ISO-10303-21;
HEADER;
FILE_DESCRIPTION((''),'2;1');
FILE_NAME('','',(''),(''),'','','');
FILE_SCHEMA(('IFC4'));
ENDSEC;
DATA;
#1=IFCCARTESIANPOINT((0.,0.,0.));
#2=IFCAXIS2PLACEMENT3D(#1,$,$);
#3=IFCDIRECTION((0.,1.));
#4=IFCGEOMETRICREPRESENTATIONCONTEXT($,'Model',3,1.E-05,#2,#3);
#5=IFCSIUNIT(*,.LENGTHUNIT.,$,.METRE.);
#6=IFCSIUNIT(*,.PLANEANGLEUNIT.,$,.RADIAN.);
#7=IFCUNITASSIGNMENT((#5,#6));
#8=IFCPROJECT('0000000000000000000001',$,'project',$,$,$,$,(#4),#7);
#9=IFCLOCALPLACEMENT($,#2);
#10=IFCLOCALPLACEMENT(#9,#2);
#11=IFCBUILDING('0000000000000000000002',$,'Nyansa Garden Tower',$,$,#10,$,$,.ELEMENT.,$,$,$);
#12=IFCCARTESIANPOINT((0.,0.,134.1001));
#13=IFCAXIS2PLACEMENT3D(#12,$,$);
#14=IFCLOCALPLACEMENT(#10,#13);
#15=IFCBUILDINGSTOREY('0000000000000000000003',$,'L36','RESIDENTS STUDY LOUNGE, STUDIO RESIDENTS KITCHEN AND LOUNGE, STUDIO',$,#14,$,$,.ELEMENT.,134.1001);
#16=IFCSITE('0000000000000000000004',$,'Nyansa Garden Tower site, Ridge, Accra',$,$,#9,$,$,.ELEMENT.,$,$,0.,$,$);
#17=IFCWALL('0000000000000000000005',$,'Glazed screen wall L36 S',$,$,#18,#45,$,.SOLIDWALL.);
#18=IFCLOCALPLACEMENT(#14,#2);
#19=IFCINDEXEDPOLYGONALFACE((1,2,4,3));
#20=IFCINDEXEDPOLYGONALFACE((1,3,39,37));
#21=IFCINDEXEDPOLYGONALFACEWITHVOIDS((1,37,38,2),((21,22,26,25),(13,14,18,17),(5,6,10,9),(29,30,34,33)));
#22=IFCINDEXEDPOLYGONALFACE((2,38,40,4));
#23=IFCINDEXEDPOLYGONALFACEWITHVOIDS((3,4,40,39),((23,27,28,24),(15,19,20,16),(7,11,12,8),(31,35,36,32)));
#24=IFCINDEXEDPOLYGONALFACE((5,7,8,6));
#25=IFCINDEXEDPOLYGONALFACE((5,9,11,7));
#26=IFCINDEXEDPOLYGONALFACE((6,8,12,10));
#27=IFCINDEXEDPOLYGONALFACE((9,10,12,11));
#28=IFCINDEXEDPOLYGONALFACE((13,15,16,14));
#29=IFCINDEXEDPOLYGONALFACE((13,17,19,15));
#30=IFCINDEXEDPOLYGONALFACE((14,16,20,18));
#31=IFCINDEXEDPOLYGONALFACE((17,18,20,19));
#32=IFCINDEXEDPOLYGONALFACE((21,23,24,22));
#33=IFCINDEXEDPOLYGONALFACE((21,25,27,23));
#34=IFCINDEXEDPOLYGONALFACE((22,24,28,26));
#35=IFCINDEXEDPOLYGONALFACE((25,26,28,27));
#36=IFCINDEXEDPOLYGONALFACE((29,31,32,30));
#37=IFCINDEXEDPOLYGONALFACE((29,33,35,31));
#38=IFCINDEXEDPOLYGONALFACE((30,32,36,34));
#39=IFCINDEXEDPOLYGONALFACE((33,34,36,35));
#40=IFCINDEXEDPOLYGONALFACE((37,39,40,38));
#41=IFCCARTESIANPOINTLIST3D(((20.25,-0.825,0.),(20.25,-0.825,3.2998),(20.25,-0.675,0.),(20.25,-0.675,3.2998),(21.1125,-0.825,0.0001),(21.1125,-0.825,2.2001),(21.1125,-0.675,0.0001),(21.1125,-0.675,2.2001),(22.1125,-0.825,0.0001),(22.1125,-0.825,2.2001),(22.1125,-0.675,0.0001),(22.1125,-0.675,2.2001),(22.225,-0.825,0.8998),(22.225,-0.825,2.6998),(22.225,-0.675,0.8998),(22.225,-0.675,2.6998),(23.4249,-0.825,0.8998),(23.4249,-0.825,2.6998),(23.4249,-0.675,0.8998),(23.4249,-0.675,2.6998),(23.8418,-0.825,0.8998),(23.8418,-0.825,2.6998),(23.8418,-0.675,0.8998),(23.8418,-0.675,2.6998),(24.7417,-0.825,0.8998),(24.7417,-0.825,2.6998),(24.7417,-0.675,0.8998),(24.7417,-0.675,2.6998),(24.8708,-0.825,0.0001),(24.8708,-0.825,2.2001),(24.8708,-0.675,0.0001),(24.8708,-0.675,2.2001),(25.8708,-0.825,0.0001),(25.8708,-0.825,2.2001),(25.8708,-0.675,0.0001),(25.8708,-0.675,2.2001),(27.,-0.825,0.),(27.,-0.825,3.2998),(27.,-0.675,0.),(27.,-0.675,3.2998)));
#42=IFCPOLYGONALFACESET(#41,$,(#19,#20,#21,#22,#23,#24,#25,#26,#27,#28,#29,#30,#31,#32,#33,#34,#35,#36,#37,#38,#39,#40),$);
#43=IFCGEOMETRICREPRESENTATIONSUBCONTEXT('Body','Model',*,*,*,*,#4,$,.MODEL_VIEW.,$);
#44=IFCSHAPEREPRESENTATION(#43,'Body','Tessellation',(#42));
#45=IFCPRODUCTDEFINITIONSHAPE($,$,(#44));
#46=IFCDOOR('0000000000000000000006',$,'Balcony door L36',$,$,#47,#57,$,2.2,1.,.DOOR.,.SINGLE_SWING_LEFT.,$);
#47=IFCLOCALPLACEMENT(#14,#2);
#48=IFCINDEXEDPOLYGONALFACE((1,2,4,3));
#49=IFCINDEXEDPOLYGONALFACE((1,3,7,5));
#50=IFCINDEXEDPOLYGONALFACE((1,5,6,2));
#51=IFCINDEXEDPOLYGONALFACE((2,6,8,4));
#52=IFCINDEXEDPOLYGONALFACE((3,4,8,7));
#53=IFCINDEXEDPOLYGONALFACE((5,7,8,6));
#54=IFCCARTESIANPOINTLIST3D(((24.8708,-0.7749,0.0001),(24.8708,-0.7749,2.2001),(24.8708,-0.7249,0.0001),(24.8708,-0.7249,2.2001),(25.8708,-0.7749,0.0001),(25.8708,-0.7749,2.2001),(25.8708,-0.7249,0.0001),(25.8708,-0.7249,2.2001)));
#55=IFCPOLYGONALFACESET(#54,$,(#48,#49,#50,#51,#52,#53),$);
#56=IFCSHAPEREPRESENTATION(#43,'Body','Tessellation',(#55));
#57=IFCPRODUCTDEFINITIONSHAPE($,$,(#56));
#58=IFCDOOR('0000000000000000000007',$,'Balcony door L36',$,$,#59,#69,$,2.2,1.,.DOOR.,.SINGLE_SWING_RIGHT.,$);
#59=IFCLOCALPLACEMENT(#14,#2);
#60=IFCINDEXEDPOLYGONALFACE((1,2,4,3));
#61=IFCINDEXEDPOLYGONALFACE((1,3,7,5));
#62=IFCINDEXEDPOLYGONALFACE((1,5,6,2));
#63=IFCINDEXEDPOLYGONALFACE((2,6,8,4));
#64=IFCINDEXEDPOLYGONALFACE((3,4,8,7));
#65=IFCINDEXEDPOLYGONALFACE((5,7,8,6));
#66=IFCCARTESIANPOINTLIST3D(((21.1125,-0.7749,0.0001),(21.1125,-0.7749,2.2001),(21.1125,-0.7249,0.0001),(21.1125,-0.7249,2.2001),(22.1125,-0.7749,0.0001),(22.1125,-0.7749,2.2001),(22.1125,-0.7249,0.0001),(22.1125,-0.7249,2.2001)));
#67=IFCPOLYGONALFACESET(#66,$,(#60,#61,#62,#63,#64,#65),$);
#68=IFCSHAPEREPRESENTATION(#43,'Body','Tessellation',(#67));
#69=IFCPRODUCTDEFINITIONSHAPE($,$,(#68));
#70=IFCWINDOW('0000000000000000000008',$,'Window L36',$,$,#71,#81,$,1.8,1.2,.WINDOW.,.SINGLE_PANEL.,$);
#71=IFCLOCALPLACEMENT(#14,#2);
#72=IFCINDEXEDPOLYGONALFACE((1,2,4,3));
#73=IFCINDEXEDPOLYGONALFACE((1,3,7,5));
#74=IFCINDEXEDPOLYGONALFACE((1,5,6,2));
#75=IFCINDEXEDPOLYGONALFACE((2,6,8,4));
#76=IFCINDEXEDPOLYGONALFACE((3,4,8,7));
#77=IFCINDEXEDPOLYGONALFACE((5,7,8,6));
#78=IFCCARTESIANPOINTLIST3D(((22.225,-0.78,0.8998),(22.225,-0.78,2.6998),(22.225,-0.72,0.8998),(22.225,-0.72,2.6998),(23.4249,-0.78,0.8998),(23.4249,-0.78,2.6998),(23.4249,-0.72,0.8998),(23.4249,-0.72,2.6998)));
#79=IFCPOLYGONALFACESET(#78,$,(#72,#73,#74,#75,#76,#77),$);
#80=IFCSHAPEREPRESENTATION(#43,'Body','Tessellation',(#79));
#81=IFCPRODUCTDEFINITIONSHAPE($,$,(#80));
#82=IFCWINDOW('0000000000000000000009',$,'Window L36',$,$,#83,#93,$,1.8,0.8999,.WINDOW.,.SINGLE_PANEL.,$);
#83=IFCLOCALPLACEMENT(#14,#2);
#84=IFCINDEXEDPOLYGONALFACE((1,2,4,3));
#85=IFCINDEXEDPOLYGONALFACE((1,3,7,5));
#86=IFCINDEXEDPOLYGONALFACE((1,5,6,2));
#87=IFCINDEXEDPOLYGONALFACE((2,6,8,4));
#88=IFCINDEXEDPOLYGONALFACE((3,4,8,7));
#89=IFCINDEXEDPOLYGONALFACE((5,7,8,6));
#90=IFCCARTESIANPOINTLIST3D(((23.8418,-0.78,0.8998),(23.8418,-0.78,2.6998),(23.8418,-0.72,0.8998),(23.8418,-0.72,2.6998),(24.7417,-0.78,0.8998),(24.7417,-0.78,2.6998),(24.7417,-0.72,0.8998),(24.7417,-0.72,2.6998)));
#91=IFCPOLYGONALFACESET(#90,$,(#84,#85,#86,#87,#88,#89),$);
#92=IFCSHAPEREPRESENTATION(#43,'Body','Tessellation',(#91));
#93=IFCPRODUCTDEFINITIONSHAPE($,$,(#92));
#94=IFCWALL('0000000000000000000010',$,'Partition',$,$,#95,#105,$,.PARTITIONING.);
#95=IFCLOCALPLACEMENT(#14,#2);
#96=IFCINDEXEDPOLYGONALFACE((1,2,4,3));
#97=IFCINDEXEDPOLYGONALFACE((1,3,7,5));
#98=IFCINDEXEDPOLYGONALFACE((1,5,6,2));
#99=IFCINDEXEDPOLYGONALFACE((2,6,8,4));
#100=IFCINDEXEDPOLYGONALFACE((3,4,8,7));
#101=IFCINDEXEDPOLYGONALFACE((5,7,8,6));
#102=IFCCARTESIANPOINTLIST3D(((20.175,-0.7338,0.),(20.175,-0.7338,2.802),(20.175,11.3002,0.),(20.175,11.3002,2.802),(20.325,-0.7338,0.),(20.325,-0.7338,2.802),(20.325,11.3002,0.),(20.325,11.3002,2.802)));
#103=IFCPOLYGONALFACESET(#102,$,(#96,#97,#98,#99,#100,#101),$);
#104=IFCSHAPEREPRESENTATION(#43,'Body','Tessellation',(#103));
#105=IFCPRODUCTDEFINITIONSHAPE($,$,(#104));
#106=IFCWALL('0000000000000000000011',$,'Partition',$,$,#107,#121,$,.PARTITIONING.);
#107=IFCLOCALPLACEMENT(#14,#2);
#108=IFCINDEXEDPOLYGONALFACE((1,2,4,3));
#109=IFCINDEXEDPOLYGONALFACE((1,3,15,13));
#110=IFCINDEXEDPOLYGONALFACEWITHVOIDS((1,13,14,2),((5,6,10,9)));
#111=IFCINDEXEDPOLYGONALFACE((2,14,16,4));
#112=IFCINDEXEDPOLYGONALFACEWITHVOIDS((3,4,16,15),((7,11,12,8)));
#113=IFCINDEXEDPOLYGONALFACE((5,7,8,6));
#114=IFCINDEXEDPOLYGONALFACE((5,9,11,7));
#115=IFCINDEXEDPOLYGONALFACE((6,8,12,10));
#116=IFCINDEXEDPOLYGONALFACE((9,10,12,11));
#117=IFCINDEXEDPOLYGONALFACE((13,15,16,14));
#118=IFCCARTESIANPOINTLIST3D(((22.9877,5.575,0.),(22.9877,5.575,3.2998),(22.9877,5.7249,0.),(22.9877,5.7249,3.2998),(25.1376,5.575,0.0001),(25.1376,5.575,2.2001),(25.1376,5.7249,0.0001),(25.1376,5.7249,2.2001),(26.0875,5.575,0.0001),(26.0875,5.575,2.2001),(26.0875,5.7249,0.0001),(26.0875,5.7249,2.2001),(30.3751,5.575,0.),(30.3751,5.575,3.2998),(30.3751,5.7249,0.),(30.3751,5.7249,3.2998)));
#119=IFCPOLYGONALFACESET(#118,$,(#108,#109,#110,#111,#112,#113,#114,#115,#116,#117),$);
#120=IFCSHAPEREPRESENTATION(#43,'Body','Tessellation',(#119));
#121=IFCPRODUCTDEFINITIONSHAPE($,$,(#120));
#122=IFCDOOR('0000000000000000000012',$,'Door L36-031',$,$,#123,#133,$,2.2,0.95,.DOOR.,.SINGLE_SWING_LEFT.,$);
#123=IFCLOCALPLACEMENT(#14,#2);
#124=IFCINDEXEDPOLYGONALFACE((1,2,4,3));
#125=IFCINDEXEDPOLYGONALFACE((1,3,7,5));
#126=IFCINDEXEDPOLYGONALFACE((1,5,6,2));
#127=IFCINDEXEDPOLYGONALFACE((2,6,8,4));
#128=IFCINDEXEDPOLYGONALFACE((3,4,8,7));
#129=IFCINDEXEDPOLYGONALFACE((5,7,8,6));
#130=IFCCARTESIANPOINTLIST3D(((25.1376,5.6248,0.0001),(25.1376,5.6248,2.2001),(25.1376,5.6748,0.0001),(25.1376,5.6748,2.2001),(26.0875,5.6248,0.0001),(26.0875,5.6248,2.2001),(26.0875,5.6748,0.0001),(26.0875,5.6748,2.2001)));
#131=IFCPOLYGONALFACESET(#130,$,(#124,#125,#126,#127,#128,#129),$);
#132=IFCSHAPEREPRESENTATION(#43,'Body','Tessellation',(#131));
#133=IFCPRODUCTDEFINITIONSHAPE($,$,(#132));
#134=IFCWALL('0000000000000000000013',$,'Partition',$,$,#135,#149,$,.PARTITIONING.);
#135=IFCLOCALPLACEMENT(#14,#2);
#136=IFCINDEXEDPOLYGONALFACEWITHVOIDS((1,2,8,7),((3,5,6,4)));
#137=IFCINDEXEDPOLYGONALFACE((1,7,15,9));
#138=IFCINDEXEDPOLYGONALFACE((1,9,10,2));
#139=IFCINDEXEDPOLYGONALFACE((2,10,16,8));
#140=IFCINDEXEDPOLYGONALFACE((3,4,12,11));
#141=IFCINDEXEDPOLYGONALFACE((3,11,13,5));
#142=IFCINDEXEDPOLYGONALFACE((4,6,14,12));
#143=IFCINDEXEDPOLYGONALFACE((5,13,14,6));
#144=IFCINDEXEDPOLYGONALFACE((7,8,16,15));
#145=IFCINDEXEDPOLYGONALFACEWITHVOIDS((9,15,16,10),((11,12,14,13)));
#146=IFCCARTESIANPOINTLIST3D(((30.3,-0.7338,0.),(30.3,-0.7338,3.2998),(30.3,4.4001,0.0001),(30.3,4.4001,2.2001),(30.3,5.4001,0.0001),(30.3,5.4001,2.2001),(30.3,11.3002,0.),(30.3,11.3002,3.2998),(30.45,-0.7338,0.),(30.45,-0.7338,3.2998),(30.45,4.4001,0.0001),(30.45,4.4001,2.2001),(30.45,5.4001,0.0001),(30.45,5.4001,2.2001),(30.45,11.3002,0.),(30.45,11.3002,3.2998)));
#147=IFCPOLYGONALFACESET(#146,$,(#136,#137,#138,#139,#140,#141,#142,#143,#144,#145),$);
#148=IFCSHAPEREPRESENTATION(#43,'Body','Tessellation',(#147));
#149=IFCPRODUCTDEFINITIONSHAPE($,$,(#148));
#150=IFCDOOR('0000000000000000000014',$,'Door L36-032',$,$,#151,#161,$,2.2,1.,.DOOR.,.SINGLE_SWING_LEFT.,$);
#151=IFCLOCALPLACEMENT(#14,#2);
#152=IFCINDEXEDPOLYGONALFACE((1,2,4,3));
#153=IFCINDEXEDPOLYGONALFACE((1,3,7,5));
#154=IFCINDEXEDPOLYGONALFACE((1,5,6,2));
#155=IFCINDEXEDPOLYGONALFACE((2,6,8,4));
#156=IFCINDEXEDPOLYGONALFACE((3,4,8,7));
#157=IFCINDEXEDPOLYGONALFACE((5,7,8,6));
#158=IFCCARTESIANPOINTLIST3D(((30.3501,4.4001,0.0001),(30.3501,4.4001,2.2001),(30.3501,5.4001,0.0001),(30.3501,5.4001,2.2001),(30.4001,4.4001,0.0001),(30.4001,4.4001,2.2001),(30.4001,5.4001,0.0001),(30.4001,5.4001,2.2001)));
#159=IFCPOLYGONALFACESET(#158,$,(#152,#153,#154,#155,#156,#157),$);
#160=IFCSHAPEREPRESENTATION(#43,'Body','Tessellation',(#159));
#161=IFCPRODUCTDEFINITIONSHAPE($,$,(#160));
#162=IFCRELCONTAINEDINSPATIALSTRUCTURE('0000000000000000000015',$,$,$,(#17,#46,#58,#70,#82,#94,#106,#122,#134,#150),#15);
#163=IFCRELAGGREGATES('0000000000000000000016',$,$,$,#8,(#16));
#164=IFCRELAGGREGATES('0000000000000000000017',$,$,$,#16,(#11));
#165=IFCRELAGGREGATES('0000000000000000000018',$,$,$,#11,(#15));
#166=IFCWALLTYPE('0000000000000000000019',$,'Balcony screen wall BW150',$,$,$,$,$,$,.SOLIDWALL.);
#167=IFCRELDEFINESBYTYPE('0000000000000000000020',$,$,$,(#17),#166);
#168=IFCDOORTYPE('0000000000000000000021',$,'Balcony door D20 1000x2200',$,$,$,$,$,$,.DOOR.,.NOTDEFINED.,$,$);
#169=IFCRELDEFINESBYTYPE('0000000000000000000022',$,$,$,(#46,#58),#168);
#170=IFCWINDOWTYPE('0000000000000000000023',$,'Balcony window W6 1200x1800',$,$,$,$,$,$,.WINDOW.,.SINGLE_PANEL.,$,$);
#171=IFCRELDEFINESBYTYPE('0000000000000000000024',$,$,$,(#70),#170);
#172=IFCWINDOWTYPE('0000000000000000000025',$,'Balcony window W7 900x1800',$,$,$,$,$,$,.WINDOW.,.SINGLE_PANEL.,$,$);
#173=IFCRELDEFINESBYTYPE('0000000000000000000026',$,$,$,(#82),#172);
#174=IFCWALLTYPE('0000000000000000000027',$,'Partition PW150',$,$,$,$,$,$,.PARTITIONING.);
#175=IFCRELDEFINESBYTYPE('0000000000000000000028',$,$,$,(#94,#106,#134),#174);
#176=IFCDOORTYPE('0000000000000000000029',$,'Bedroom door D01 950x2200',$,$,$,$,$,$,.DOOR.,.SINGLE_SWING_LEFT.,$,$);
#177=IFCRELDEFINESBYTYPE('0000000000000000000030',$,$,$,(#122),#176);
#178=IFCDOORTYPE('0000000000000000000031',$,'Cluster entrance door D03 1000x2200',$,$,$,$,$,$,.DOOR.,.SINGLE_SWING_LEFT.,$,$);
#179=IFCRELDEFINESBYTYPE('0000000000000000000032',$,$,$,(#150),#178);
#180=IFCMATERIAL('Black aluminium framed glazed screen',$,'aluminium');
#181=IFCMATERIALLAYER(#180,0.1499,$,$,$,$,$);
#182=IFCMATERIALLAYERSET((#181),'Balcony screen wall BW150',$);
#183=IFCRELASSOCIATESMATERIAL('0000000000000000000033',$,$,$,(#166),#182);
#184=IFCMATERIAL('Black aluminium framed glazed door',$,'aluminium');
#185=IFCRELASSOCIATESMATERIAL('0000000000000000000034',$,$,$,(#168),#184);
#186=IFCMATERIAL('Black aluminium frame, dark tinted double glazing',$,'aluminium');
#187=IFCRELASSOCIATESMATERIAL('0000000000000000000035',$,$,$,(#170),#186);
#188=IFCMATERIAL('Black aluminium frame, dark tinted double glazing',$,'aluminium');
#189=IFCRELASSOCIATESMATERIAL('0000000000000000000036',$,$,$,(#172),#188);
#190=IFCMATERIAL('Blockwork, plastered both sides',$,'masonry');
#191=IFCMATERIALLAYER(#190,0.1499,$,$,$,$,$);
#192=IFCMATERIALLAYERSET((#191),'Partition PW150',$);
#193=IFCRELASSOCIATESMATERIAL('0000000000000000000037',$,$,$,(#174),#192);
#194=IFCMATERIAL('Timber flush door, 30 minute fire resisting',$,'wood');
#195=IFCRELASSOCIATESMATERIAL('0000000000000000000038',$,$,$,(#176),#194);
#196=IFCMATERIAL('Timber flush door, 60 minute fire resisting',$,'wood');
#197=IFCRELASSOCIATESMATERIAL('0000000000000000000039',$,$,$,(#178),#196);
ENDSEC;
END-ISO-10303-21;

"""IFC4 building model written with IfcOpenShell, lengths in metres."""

from ifc_helpers import new_model, si_unit, direction, frame, frame_2d, origin, place, context, subcontext, project, spatial, rectangle, extrude, material, layer, layer_set, type_object, element, fill, save


model = new_model("IFC4")

# Units and contexts
model_context = context("Model", 3, precision=1e-05, world=origin(), true_north=direction((0.0, 1.0)))
body_context = subcontext(model_context, "Body", "Model", "MODEL_VIEW")
ifc_project = project(units=[si_unit("LENGTHUNIT", "METRE"), si_unit("PLANEANGLEUNIT", "RADIAN")], contexts=[model_context])

# Site, building, storey
site_placement = place(None, origin())
site = spatial("IfcSite", under=ifc_project, at=site_placement, Name="Nyansa Garden Tower site, Ridge, Accra", CompositionType="ELEMENT", RefElevation=0.0)
building_placement = place(site_placement, origin())
building = spatial("IfcBuilding", under=site, at=building_placement, Name="Nyansa Garden Tower", CompositionType="ELEMENT")
storey_placement = place(building_placement, frame((0.0, 0.0, 134.1001)))
storey = spatial("IfcBuildingStorey", under=building, at=storey_placement, Name="L36", Description="RESIDENTS STUDY LOUNGE, STUDIO RESIDENTS KITCHEN AND LOUNGE, STUDIO", CompositionType="ELEMENT", Elevation=134.1001)

# Wall, openings, doors, windows
ifc_material_1 = material(Name="Black aluminium framed glazed screen", Category="aluminium")
ifc_layer_1 = layer(ifc_material_1, 0.1499)
ifc_layer_set_1 = layer_set([ifc_layer_1], Name="Balcony screen wall BW150")
wall_type_1 = type_object("IfcWallType", Name="Balcony screen wall BW150", PredefinedType="SOLIDWALL", material=ifc_layer_set_1)
wall_1_placement = place(storey_placement, frame((27.0, -0.75, 0.0), z_axis=(0.0, 0.0, 1.0), x_axis=(-1.0, 0.0, 0.0)))
wall_1 = element("IfcWall", 1, at=wall_1_placement, inside=storey, type_object=wall_type_1, Name="Glazed screen wall L36 S", PredefinedType="SOLIDWALL", context=body_context, shape_type="SweptSolid", body=[
    extrude(rectangle(XDim=6.75, YDim=0.1499, at=frame_2d((3.375, 0.0))), origin(), (0.0, 0.0, 1.0), 3.2998),
])
opening_1_placement = place(wall_1_placement, frame((1.1292, 0.0, 0.0)))
opening_1 = element("IfcOpeningElement", 2, at=opening_1_placement, cuts=wall_1, PredefinedType="OPENING", context=body_context, shape_type="SweptSolid", body=[
    extrude(rectangle(XDim=1.0, YDim=2.2, at=frame_2d((0.5, 1.1001))), frame((0.0, 0.085, 0.0), z_axis=(0.0, -1.0, 0.0), x_axis=(1.0, 0.0, 0.0)), (0.0, 0.0, 1.0), 0.1699),
])
opening_2_placement = place(wall_1_placement, frame((2.2583, 0.0, 0.8999)))
opening_2 = element("IfcOpeningElement", 3, at=opening_2_placement, cuts=wall_1, PredefinedType="OPENING", context=body_context, shape_type="SweptSolid", body=[
    extrude(rectangle(XDim=0.8999, YDim=1.8, at=frame_2d((0.45, 0.8999))), frame((0.0, 0.085, 0.0), z_axis=(0.0, -1.0, 0.0), x_axis=(1.0, 0.0, 0.0)), (0.0, 0.0, 1.0), 0.1699),
])
opening_3_placement = place(wall_1_placement, frame((4.8875, 0.0, 0.0)))
opening_3 = element("IfcOpeningElement", 4, at=opening_3_placement, cuts=wall_1, PredefinedType="OPENING", context=body_context, shape_type="SweptSolid", body=[
    extrude(rectangle(XDim=1.0, YDim=2.2, at=frame_2d((0.5, 1.1001))), frame((0.0, 0.085, 0.0), z_axis=(0.0, -1.0, 0.0), x_axis=(1.0, 0.0, 0.0)), (0.0, 0.0, 1.0), 0.1699),
])
opening_4_placement = place(wall_1_placement, frame((3.575, 0.0, 0.8999)))
opening_4 = element("IfcOpeningElement", 5, at=opening_4_placement, cuts=wall_1, PredefinedType="OPENING", context=body_context, shape_type="SweptSolid", body=[
    extrude(rectangle(XDim=1.2, YDim=1.8, at=frame_2d((0.6001, 0.8999))), frame((0.0, 0.085, 0.0), z_axis=(0.0, -1.0, 0.0), x_axis=(1.0, 0.0, 0.0)), (0.0, 0.0, 1.0), 0.1699),
])
ifc_material_2 = material(Name="Black aluminium framed glazed door", Category="aluminium")
door_type_1 = type_object("IfcDoorType", Name="Balcony door D20 1000x2200", OperationType="NOTDEFINED", PredefinedType="DOOR", material=ifc_material_2)
door_1_placement = place(opening_1_placement, origin())
door_1 = element("IfcDoor", 6, at=door_1_placement, inside=storey, type_object=door_type_1, Name="Balcony door L36", OperationType="SINGLE_SWING_LEFT", OverallHeight=2.2, OverallWidth=1.0, PredefinedType="DOOR", context=body_context, shape_type="SweptSolid", body=[
    extrude(rectangle(XDim=1.0, YDim=2.2, at=frame_2d((0.5, 1.1001))), frame((0.0, 0.0249, 0.0), z_axis=(0.0, -1.0, 0.0), x_axis=(1.0, 0.0, 0.0)), (0.0, 0.0, 1.0), 0.05),
])
fill(opening_1, door_1)
door_2_placement = place(opening_3_placement, origin())
door_2 = element("IfcDoor", 7, at=door_2_placement, inside=storey, type_object=door_type_1, Name="Balcony door L36", OperationType="SINGLE_SWING_RIGHT", OverallHeight=2.2, OverallWidth=1.0, PredefinedType="DOOR", context=body_context, shape_type="SweptSolid", body=[
    extrude(rectangle(XDim=1.0, YDim=2.2, at=frame_2d((0.5, 1.1001))), frame((0.0, 0.0249, 0.0), z_axis=(0.0, -1.0, 0.0), x_axis=(1.0, 0.0, 0.0)), (0.0, 0.0, 1.0), 0.05),
])
fill(opening_3, door_2)
ifc_material_3 = material(Name="Black aluminium frame, dark tinted double glazing", Category="aluminium")
window_type_1 = type_object("IfcWindowType", Name="Balcony window W6 1200x1800", PartitioningType="SINGLE_PANEL", PredefinedType="WINDOW", material=ifc_material_3)
window_1_placement = place(opening_4_placement, origin())
window_1 = element("IfcWindow", 8, at=window_1_placement, inside=storey, type_object=window_type_1, Name="Window L36", OverallHeight=1.8, OverallWidth=1.2, PartitioningType="SINGLE_PANEL", PredefinedType="WINDOW", context=body_context, shape_type="SweptSolid", body=[
    extrude(rectangle(XDim=1.2, YDim=1.8, at=frame_2d((0.6001, 0.8999))), frame((0.0, 0.03, 0.0), z_axis=(0.0, -1.0, 0.0), x_axis=(1.0, 0.0, 0.0)), (0.0, 0.0, 1.0), 0.0601),
])
fill(opening_4, window_1)
ifc_material_4 = material(Name="Black aluminium frame, dark tinted double glazing", Category="aluminium")
window_type_2 = type_object("IfcWindowType", Name="Balcony window W7 900x1800", PartitioningType="SINGLE_PANEL", PredefinedType="WINDOW", material=ifc_material_4)
window_2_placement = place(opening_2_placement, origin())
window_2 = element("IfcWindow", 9, at=window_2_placement, inside=storey, type_object=window_type_2, Name="Window L36", OverallHeight=1.8, OverallWidth=0.8999, PartitioningType="SINGLE_PANEL", PredefinedType="WINDOW", context=body_context, shape_type="SweptSolid", body=[
    extrude(rectangle(XDim=0.8999, YDim=1.8, at=frame_2d((0.45, 0.8999))), frame((0.0, 0.03, 0.0), z_axis=(0.0, -1.0, 0.0), x_axis=(1.0, 0.0, 0.0)), (0.0, 0.0, 1.0), 0.0601),
])
fill(opening_2, window_2)

# Wall
ifc_material_5 = material(Name="Blockwork, plastered both sides", Category="masonry")
ifc_layer_2 = layer(ifc_material_5, 0.1499)
ifc_layer_set_2 = layer_set([ifc_layer_2], Name="Partition PW150")
wall_type_2 = type_object("IfcWallType", Name="Partition PW150", PredefinedType="PARTITIONING", material=ifc_layer_set_2)
wall_2_placement = place(storey_placement, frame((20.25, -0.7339, 0.0), z_axis=(0.0, 0.0, 1.0), x_axis=(0.0, 1.0, 0.0)))
element("IfcWall", 10, at=wall_2_placement, inside=storey, type_object=wall_type_2, Name="Partition", PredefinedType="PARTITIONING", context=body_context, shape_type="SweptSolid", body=[
    extrude(rectangle(XDim=12.0339, YDim=0.1499, at=frame_2d((6.0171, 0.0))), origin(), (0.0, 0.0, 1.0), 2.802),
])

# Walls, openings, doors
wall_3_placement = place(storey_placement, frame((22.9875, 5.6499, 0.0), z_axis=(0.0, 0.0, 1.0), x_axis=(1.0, 0.0, 0.0)))
wall_3 = element("IfcWall", 11, at=wall_3_placement, inside=storey, type_object=wall_type_2, Name="Partition", PredefinedType="PARTITIONING", context=body_context, shape_type="SweptSolid", body=[
    extrude(rectangle(XDim=7.3875, YDim=0.1499, at=frame_2d((3.6938, 0.0))), origin(), (0.0, 0.0, 1.0), 3.2998),
])
opening_5_placement = place(wall_3_placement, frame((2.1499, 0.0, 0.0)))
opening_5 = element("IfcOpeningElement", 12, at=opening_5_placement, cuts=wall_3, PredefinedType="OPENING", context=body_context, shape_type="SweptSolid", body=[
    extrude(rectangle(XDim=0.95, YDim=2.2, at=frame_2d((0.4751, 1.1001))), frame((0.0, 0.085, 0.0), z_axis=(0.0, -1.0, 0.0), x_axis=(1.0, 0.0, 0.0)), (0.0, 0.0, 1.0), 0.1699),
])
ifc_material_6 = material(Name="Timber flush door, 30 minute fire resisting", Category="wood")
door_type_2 = type_object("IfcDoorType", Name="Bedroom door D01 950x2200", OperationType="SINGLE_SWING_LEFT", PredefinedType="DOOR", material=ifc_material_6)
door_3_placement = place(opening_5_placement, origin())
door_3 = element("IfcDoor", 13, at=door_3_placement, inside=storey, type_object=door_type_2, Name="Door L36-031", OperationType="SINGLE_SWING_LEFT", OverallHeight=2.2, OverallWidth=0.95, PredefinedType="DOOR", context=body_context, shape_type="SweptSolid", body=[
    extrude(rectangle(XDim=0.95, YDim=2.2, at=frame_2d((0.4751, 1.1001))), frame((0.0, 0.0249, 0.0), z_axis=(0.0, -1.0, 0.0), x_axis=(1.0, 0.0, 0.0)), (0.0, 0.0, 1.0), 0.05),
])
fill(opening_5, door_3)
wall_4_placement = place(storey_placement, frame((30.375, -0.7339, 0.0), z_axis=(0.0, 0.0, 1.0), x_axis=(0.0, 1.0, 0.0)))
wall_4 = element("IfcWall", 14, at=wall_4_placement, inside=storey, type_object=wall_type_2, Name="Partition", PredefinedType="PARTITIONING", context=body_context, shape_type="SweptSolid", body=[
    extrude(rectangle(XDim=12.0339, YDim=0.1499, at=frame_2d((6.0171, 0.0))), origin(), (0.0, 0.0, 1.0), 3.2998),
])
opening_6_placement = place(wall_4_placement, frame((5.134, 0.0, 0.0)))
opening_6 = element("IfcOpeningElement", 15, at=opening_6_placement, cuts=wall_4, PredefinedType="OPENING", context=body_context, shape_type="SweptSolid", body=[
    extrude(rectangle(XDim=1.0, YDim=2.2, at=frame_2d((0.5, 1.1001))), frame((0.0, 0.085, 0.0), z_axis=(0.0, -1.0, 0.0), x_axis=(1.0, 0.0, 0.0)), (0.0, 0.0, 1.0), 0.1699),
])
ifc_material_7 = material(Name="Timber flush door, 60 minute fire resisting", Category="wood")
door_type_3 = type_object("IfcDoorType", Name="Cluster entrance door D03 1000x2200", OperationType="SINGLE_SWING_LEFT", PredefinedType="DOOR", material=ifc_material_7)
door_4_placement = place(opening_6_placement, origin())
door_4 = element("IfcDoor", 16, at=door_4_placement, inside=storey, type_object=door_type_3, Name="Door L36-032", OperationType="SINGLE_SWING_LEFT", OverallHeight=2.2, OverallWidth=1.0, PredefinedType="DOOR", context=body_context, shape_type="SweptSolid", body=[
    extrude(rectangle(XDim=1.0, YDim=2.2, at=frame_2d((0.5, 1.1001))), frame((0.0, 0.0249, 0.0), z_axis=(0.0, -1.0, 0.0), x_axis=(1.0, 0.0, 0.0)), (0.0, 0.0, 1.0), 0.05),
])
fill(opening_6, door_4)

save(model, "model.ifc")
